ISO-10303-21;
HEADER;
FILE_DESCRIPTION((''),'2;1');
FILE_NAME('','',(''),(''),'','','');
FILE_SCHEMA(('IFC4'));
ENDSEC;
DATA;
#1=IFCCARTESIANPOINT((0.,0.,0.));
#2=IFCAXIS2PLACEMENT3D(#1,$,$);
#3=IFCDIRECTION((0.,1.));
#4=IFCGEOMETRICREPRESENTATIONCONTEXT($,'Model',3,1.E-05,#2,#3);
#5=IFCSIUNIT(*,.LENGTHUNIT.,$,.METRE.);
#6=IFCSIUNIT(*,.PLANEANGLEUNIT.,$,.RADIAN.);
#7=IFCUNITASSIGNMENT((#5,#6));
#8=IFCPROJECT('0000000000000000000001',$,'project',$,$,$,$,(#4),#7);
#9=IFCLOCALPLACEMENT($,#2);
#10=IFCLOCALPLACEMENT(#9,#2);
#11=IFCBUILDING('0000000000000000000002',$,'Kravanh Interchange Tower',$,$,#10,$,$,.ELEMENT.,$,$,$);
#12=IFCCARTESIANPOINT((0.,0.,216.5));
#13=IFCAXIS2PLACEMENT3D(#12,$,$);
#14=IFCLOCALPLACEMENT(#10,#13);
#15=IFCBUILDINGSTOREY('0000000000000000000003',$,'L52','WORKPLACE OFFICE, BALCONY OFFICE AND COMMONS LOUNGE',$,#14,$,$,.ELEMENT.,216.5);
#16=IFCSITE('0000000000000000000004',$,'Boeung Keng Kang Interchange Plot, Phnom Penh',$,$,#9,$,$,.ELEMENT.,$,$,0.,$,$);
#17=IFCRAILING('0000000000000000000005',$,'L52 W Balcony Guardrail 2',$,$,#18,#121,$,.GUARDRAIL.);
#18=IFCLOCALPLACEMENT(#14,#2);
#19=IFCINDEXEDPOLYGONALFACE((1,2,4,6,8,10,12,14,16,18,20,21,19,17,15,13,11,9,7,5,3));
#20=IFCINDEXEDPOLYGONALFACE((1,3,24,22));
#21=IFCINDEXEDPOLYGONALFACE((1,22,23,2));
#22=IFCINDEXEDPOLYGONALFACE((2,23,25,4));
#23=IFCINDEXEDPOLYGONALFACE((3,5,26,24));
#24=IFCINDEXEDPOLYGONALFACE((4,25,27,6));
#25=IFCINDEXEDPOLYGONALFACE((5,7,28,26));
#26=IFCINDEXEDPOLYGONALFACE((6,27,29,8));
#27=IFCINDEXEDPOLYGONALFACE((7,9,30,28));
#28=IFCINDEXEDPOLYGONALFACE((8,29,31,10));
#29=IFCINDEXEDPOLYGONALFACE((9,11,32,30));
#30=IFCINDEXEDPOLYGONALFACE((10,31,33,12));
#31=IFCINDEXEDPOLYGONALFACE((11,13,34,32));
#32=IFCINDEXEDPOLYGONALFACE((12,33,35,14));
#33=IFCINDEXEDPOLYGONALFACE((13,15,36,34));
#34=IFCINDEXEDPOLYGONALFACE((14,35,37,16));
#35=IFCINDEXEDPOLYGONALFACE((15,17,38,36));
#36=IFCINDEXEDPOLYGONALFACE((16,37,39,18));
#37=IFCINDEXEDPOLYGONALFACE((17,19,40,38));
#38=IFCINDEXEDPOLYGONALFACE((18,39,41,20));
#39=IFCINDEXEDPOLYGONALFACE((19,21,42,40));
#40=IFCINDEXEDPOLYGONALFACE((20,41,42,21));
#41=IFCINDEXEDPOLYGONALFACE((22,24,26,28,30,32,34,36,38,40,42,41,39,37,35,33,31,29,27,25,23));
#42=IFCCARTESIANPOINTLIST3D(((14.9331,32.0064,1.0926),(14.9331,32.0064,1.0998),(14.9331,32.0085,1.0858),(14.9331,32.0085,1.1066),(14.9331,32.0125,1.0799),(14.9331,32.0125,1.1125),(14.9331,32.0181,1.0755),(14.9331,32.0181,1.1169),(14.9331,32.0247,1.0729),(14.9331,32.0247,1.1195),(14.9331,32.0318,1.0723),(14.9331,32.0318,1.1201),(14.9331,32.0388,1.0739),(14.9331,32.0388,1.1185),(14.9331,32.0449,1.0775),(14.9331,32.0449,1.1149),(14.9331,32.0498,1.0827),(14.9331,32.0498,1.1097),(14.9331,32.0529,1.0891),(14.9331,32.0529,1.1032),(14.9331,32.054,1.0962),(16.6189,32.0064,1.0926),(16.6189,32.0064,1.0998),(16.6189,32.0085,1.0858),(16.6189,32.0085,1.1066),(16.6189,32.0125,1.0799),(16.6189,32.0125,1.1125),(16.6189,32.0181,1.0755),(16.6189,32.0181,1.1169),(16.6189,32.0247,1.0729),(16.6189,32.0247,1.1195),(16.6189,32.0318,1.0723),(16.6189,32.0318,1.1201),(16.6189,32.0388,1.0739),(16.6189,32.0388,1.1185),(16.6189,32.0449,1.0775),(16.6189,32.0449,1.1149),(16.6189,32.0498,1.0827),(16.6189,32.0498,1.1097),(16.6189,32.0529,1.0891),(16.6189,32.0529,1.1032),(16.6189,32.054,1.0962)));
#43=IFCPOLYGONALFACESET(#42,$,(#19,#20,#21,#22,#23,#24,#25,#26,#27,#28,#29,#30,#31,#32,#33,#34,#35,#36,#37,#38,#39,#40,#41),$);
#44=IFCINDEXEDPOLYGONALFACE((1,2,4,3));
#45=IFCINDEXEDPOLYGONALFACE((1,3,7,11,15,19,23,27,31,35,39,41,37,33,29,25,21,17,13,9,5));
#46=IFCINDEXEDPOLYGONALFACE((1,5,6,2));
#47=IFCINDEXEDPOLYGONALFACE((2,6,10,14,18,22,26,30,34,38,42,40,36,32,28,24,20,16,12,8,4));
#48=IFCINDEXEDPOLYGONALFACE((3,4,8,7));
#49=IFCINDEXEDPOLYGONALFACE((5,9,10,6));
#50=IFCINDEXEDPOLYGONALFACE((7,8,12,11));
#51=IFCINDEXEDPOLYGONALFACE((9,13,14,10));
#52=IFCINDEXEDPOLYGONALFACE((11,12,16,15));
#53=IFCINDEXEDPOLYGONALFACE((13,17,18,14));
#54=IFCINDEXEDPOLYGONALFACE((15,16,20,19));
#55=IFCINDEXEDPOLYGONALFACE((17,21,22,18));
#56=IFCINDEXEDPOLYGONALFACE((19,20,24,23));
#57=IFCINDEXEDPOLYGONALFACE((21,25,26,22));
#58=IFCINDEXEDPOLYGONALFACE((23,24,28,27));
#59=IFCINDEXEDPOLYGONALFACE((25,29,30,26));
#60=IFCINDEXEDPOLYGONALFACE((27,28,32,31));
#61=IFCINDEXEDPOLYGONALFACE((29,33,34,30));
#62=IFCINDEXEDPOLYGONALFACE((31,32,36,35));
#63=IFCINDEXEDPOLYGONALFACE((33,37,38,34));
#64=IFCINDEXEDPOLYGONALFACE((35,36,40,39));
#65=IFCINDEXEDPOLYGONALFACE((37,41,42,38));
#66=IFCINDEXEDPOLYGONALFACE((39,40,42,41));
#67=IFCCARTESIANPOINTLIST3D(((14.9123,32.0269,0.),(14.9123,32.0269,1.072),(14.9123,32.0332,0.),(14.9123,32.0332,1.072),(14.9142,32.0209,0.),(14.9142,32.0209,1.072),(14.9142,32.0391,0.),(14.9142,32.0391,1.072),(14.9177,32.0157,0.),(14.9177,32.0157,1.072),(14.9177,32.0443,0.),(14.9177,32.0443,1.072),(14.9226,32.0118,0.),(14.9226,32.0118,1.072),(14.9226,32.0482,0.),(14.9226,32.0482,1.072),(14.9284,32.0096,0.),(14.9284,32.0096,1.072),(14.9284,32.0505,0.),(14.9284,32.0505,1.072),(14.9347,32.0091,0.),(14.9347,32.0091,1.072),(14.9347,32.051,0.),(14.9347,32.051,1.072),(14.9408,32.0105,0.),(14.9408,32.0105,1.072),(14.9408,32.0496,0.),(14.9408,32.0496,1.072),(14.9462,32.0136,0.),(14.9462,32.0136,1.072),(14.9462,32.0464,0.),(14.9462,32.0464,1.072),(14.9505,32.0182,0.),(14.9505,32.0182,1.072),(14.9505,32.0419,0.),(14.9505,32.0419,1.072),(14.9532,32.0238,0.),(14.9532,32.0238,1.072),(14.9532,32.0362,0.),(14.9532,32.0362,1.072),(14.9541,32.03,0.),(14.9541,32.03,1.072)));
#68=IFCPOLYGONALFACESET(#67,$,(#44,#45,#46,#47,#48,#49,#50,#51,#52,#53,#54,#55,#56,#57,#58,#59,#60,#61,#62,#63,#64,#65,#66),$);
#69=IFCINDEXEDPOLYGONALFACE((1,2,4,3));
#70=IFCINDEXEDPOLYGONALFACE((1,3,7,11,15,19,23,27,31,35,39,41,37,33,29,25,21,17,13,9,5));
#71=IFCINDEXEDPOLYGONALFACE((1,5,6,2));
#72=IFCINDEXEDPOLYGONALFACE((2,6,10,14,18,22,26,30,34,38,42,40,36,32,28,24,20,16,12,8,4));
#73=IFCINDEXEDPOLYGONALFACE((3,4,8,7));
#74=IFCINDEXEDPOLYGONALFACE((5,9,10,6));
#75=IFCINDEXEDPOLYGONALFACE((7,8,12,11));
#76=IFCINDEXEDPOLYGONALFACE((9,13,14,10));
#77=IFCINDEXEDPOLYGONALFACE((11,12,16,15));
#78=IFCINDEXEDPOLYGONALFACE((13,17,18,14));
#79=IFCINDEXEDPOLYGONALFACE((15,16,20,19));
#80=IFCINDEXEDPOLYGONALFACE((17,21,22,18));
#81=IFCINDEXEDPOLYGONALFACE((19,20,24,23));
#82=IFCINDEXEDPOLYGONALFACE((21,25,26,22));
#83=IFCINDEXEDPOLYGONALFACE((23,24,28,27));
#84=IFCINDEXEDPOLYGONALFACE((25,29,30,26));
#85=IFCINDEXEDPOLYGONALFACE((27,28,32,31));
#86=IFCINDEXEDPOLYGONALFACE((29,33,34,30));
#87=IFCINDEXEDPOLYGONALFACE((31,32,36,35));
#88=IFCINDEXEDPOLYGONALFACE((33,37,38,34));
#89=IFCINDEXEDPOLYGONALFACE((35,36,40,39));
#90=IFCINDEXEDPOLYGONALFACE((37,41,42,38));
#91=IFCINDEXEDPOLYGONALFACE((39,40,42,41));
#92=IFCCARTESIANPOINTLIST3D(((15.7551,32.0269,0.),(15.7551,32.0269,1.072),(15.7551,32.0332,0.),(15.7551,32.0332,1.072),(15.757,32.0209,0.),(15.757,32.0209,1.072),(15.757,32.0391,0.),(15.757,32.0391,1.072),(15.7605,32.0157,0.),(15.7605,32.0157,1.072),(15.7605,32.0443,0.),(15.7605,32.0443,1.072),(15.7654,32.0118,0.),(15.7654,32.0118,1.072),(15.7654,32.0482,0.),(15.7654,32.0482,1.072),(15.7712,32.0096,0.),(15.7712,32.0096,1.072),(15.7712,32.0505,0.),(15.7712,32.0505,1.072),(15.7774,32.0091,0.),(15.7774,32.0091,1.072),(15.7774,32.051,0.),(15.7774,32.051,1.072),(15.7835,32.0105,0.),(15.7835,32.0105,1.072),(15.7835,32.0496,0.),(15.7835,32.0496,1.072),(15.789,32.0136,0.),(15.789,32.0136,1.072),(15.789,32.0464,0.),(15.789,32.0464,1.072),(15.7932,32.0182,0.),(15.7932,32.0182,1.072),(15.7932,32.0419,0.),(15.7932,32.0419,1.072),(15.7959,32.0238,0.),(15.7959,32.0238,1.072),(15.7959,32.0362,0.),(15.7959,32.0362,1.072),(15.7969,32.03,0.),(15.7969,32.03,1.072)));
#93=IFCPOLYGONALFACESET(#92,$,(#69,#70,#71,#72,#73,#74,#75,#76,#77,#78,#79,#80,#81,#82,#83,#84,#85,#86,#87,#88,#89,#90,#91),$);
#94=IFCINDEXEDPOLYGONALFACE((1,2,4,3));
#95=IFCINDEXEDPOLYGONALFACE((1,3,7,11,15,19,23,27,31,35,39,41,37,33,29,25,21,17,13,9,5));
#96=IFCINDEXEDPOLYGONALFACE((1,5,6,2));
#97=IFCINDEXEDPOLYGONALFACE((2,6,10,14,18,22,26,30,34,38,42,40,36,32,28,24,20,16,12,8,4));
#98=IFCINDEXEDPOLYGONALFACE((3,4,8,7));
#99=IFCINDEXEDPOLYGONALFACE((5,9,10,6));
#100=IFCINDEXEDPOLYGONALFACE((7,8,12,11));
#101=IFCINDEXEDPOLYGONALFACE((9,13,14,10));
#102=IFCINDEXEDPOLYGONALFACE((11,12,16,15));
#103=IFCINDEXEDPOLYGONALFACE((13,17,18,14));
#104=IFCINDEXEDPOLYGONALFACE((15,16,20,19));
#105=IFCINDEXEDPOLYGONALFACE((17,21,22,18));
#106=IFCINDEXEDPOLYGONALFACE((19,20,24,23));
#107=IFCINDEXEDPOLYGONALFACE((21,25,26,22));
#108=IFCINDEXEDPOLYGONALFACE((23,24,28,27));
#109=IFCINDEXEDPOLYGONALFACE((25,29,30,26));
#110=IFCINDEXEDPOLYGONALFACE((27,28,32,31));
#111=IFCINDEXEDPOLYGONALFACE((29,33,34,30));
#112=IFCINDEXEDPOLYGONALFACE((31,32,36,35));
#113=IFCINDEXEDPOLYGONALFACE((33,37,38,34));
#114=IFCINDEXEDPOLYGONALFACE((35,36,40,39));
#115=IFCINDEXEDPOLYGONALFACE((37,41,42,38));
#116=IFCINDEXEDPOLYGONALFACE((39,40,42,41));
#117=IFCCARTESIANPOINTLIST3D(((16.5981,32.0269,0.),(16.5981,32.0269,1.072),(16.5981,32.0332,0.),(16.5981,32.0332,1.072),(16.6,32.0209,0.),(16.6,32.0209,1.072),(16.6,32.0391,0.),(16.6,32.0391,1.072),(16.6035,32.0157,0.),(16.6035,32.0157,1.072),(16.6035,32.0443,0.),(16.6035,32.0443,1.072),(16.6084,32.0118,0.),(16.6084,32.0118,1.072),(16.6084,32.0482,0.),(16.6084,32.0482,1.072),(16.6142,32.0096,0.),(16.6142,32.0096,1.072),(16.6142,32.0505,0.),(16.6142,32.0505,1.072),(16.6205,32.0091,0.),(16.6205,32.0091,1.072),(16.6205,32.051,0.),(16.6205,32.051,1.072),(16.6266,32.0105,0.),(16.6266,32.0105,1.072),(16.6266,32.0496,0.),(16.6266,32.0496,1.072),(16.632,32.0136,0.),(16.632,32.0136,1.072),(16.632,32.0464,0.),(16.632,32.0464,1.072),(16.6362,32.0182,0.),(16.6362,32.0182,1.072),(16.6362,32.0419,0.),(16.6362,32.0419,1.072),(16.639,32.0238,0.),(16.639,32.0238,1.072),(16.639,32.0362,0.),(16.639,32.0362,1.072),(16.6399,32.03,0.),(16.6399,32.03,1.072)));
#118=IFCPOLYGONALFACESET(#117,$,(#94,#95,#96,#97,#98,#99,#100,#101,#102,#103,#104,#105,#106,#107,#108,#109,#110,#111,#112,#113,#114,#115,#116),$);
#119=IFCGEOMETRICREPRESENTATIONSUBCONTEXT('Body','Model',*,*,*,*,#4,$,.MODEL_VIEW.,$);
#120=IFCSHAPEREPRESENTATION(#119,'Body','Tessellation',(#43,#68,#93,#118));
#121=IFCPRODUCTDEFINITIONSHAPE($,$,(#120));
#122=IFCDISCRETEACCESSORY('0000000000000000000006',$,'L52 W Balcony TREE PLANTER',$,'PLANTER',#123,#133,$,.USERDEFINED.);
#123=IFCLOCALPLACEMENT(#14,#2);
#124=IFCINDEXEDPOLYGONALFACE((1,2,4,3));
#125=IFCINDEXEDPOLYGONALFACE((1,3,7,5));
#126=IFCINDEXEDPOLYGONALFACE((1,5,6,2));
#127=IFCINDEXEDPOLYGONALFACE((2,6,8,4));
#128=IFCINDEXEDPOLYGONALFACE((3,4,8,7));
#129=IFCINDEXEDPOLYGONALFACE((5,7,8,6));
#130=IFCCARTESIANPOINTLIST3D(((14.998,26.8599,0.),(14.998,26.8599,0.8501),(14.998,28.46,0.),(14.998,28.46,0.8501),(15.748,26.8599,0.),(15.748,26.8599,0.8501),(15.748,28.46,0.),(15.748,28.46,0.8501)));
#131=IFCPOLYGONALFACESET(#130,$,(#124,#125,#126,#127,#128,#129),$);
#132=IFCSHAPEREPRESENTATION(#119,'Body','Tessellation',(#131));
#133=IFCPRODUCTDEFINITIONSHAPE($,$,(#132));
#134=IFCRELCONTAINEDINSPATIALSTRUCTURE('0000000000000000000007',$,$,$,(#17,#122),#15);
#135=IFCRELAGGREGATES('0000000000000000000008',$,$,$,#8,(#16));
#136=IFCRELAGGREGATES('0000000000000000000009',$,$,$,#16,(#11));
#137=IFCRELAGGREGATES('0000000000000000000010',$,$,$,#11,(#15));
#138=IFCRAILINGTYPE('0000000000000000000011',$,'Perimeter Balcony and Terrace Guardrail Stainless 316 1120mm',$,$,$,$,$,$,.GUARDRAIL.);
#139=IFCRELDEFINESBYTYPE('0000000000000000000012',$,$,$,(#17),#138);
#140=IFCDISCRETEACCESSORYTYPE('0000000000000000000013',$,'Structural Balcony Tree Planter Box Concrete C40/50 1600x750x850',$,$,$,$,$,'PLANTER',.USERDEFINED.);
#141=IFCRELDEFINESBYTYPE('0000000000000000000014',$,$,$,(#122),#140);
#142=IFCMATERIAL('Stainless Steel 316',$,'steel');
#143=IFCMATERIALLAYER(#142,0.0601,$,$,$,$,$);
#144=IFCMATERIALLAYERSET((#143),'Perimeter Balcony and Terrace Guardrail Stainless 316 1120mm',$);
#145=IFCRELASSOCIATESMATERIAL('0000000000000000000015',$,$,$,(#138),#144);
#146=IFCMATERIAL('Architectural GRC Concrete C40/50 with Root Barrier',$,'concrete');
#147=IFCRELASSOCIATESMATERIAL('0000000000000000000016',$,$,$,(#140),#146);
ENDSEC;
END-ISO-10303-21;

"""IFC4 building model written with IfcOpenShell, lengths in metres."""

from ifc_helpers import new_model, si_unit, direction, frame, origin, origin_2d, place, context, subcontext, project, spatial, rectangle, circle, extrude, material, layer, layer_set, type_object, element, save


model = new_model("IFC4")

# Units and contexts
model_context = context("Model", 3, precision=1e-05, world=origin(), true_north=direction((0.0, 1.0)))
body_context = subcontext(model_context, "Body", "Model", "MODEL_VIEW")
ifc_project = project(units=[si_unit("LENGTHUNIT", "METRE"), si_unit("PLANEANGLEUNIT", "RADIAN")], contexts=[model_context])

# Site, building, storey
site_placement = place(None, origin())
site = spatial("IfcSite", under=ifc_project, at=site_placement, Name="Boeung Keng Kang Interchange Plot, Phnom Penh", CompositionType="ELEMENT", RefElevation=0.0)
building_placement = place(site_placement, origin())
building = spatial("IfcBuilding", under=site, at=building_placement, Name="Kravanh Interchange Tower", CompositionType="ELEMENT")
storey_placement = place(building_placement, frame((0.0, 0.0, 216.5)))
storey = spatial("IfcBuildingStorey", under=building, at=storey_placement, Name="L52", Description="WORKPLACE OFFICE, BALCONY OFFICE AND COMMONS LOUNGE", CompositionType="ELEMENT", Elevation=216.5)

# Railing
ifc_material_1 = material(Name="Stainless Steel 316", Category="steel")
ifc_layer_1 = layer(ifc_material_1, 0.0601)
ifc_layer_set_1 = layer_set([ifc_layer_1], Name="Perimeter Balcony and Terrace Guardrail Stainless 316 1120mm")
railing_type = type_object("IfcRailingType", Name="Perimeter Balcony and Terrace Guardrail Stainless 316 1120mm", PredefinedType="GUARDRAIL", material=ifc_layer_set_1)
railing_placement = place(storey_placement, frame((14.9331, 32.03, 0.0)))
element("IfcRailing", 1, at=railing_placement, inside=storey, type_object=railing_type, Name="L52 W Balcony Guardrail 2", PredefinedType="GUARDRAIL", context=body_context, shape_type="SweptSolid", body=[
    extrude(circle(Radius=0.0239, at=origin_2d()), frame((0.0, 0.0, 1.0962), z_axis=(1.0, 0.0, 0.0), x_axis=(0.0, 1.0, 0.0)), (0.0, 0.0, 1.0), 1.6858),
    extrude(circle(Radius=0.021, at=origin_2d()), origin(), (0.0, 0.0, 1.0), 1.072),
    extrude(circle(Radius=0.021, at=origin_2d()), frame((0.8428, 0.0, 0.0)), (0.0, 0.0, 1.0), 1.072),
    extrude(circle(Radius=0.021, at=origin_2d()), frame((1.6858, 0.0, 0.0)), (0.0, 0.0, 1.0), 1.072),
])

# Discrete accessory
ifc_material_2 = material(Name="Architectural GRC Concrete C40/50 with Root Barrier", Category="concrete")
discrete_accessory_type = type_object("IfcDiscreteAccessoryType", Name="Structural Balcony Tree Planter Box Concrete C40/50 1600x750x850", ElementType="PLANTER", PredefinedType="USERDEFINED", material=ifc_material_2)
discrete_accessory_placement = place(storey_placement, frame((15.373, 27.6599, 0.0), z_axis=(0.0, 0.0, 1.0), x_axis=(1.0, 0.0, 0.0)))
element("IfcDiscreteAccessory", 2, at=discrete_accessory_placement, inside=storey, type_object=discrete_accessory_type, Name="L52 W Balcony TREE PLANTER", ObjectType="PLANTER", PredefinedType="USERDEFINED", context=body_context, shape_type="SweptSolid", body=[
    extrude(rectangle(XDim=0.75, YDim=1.6001, at=origin_2d()), origin(), (0.0, 0.0, 1.0), 0.8501),
])

save(model, "model.ifc")
